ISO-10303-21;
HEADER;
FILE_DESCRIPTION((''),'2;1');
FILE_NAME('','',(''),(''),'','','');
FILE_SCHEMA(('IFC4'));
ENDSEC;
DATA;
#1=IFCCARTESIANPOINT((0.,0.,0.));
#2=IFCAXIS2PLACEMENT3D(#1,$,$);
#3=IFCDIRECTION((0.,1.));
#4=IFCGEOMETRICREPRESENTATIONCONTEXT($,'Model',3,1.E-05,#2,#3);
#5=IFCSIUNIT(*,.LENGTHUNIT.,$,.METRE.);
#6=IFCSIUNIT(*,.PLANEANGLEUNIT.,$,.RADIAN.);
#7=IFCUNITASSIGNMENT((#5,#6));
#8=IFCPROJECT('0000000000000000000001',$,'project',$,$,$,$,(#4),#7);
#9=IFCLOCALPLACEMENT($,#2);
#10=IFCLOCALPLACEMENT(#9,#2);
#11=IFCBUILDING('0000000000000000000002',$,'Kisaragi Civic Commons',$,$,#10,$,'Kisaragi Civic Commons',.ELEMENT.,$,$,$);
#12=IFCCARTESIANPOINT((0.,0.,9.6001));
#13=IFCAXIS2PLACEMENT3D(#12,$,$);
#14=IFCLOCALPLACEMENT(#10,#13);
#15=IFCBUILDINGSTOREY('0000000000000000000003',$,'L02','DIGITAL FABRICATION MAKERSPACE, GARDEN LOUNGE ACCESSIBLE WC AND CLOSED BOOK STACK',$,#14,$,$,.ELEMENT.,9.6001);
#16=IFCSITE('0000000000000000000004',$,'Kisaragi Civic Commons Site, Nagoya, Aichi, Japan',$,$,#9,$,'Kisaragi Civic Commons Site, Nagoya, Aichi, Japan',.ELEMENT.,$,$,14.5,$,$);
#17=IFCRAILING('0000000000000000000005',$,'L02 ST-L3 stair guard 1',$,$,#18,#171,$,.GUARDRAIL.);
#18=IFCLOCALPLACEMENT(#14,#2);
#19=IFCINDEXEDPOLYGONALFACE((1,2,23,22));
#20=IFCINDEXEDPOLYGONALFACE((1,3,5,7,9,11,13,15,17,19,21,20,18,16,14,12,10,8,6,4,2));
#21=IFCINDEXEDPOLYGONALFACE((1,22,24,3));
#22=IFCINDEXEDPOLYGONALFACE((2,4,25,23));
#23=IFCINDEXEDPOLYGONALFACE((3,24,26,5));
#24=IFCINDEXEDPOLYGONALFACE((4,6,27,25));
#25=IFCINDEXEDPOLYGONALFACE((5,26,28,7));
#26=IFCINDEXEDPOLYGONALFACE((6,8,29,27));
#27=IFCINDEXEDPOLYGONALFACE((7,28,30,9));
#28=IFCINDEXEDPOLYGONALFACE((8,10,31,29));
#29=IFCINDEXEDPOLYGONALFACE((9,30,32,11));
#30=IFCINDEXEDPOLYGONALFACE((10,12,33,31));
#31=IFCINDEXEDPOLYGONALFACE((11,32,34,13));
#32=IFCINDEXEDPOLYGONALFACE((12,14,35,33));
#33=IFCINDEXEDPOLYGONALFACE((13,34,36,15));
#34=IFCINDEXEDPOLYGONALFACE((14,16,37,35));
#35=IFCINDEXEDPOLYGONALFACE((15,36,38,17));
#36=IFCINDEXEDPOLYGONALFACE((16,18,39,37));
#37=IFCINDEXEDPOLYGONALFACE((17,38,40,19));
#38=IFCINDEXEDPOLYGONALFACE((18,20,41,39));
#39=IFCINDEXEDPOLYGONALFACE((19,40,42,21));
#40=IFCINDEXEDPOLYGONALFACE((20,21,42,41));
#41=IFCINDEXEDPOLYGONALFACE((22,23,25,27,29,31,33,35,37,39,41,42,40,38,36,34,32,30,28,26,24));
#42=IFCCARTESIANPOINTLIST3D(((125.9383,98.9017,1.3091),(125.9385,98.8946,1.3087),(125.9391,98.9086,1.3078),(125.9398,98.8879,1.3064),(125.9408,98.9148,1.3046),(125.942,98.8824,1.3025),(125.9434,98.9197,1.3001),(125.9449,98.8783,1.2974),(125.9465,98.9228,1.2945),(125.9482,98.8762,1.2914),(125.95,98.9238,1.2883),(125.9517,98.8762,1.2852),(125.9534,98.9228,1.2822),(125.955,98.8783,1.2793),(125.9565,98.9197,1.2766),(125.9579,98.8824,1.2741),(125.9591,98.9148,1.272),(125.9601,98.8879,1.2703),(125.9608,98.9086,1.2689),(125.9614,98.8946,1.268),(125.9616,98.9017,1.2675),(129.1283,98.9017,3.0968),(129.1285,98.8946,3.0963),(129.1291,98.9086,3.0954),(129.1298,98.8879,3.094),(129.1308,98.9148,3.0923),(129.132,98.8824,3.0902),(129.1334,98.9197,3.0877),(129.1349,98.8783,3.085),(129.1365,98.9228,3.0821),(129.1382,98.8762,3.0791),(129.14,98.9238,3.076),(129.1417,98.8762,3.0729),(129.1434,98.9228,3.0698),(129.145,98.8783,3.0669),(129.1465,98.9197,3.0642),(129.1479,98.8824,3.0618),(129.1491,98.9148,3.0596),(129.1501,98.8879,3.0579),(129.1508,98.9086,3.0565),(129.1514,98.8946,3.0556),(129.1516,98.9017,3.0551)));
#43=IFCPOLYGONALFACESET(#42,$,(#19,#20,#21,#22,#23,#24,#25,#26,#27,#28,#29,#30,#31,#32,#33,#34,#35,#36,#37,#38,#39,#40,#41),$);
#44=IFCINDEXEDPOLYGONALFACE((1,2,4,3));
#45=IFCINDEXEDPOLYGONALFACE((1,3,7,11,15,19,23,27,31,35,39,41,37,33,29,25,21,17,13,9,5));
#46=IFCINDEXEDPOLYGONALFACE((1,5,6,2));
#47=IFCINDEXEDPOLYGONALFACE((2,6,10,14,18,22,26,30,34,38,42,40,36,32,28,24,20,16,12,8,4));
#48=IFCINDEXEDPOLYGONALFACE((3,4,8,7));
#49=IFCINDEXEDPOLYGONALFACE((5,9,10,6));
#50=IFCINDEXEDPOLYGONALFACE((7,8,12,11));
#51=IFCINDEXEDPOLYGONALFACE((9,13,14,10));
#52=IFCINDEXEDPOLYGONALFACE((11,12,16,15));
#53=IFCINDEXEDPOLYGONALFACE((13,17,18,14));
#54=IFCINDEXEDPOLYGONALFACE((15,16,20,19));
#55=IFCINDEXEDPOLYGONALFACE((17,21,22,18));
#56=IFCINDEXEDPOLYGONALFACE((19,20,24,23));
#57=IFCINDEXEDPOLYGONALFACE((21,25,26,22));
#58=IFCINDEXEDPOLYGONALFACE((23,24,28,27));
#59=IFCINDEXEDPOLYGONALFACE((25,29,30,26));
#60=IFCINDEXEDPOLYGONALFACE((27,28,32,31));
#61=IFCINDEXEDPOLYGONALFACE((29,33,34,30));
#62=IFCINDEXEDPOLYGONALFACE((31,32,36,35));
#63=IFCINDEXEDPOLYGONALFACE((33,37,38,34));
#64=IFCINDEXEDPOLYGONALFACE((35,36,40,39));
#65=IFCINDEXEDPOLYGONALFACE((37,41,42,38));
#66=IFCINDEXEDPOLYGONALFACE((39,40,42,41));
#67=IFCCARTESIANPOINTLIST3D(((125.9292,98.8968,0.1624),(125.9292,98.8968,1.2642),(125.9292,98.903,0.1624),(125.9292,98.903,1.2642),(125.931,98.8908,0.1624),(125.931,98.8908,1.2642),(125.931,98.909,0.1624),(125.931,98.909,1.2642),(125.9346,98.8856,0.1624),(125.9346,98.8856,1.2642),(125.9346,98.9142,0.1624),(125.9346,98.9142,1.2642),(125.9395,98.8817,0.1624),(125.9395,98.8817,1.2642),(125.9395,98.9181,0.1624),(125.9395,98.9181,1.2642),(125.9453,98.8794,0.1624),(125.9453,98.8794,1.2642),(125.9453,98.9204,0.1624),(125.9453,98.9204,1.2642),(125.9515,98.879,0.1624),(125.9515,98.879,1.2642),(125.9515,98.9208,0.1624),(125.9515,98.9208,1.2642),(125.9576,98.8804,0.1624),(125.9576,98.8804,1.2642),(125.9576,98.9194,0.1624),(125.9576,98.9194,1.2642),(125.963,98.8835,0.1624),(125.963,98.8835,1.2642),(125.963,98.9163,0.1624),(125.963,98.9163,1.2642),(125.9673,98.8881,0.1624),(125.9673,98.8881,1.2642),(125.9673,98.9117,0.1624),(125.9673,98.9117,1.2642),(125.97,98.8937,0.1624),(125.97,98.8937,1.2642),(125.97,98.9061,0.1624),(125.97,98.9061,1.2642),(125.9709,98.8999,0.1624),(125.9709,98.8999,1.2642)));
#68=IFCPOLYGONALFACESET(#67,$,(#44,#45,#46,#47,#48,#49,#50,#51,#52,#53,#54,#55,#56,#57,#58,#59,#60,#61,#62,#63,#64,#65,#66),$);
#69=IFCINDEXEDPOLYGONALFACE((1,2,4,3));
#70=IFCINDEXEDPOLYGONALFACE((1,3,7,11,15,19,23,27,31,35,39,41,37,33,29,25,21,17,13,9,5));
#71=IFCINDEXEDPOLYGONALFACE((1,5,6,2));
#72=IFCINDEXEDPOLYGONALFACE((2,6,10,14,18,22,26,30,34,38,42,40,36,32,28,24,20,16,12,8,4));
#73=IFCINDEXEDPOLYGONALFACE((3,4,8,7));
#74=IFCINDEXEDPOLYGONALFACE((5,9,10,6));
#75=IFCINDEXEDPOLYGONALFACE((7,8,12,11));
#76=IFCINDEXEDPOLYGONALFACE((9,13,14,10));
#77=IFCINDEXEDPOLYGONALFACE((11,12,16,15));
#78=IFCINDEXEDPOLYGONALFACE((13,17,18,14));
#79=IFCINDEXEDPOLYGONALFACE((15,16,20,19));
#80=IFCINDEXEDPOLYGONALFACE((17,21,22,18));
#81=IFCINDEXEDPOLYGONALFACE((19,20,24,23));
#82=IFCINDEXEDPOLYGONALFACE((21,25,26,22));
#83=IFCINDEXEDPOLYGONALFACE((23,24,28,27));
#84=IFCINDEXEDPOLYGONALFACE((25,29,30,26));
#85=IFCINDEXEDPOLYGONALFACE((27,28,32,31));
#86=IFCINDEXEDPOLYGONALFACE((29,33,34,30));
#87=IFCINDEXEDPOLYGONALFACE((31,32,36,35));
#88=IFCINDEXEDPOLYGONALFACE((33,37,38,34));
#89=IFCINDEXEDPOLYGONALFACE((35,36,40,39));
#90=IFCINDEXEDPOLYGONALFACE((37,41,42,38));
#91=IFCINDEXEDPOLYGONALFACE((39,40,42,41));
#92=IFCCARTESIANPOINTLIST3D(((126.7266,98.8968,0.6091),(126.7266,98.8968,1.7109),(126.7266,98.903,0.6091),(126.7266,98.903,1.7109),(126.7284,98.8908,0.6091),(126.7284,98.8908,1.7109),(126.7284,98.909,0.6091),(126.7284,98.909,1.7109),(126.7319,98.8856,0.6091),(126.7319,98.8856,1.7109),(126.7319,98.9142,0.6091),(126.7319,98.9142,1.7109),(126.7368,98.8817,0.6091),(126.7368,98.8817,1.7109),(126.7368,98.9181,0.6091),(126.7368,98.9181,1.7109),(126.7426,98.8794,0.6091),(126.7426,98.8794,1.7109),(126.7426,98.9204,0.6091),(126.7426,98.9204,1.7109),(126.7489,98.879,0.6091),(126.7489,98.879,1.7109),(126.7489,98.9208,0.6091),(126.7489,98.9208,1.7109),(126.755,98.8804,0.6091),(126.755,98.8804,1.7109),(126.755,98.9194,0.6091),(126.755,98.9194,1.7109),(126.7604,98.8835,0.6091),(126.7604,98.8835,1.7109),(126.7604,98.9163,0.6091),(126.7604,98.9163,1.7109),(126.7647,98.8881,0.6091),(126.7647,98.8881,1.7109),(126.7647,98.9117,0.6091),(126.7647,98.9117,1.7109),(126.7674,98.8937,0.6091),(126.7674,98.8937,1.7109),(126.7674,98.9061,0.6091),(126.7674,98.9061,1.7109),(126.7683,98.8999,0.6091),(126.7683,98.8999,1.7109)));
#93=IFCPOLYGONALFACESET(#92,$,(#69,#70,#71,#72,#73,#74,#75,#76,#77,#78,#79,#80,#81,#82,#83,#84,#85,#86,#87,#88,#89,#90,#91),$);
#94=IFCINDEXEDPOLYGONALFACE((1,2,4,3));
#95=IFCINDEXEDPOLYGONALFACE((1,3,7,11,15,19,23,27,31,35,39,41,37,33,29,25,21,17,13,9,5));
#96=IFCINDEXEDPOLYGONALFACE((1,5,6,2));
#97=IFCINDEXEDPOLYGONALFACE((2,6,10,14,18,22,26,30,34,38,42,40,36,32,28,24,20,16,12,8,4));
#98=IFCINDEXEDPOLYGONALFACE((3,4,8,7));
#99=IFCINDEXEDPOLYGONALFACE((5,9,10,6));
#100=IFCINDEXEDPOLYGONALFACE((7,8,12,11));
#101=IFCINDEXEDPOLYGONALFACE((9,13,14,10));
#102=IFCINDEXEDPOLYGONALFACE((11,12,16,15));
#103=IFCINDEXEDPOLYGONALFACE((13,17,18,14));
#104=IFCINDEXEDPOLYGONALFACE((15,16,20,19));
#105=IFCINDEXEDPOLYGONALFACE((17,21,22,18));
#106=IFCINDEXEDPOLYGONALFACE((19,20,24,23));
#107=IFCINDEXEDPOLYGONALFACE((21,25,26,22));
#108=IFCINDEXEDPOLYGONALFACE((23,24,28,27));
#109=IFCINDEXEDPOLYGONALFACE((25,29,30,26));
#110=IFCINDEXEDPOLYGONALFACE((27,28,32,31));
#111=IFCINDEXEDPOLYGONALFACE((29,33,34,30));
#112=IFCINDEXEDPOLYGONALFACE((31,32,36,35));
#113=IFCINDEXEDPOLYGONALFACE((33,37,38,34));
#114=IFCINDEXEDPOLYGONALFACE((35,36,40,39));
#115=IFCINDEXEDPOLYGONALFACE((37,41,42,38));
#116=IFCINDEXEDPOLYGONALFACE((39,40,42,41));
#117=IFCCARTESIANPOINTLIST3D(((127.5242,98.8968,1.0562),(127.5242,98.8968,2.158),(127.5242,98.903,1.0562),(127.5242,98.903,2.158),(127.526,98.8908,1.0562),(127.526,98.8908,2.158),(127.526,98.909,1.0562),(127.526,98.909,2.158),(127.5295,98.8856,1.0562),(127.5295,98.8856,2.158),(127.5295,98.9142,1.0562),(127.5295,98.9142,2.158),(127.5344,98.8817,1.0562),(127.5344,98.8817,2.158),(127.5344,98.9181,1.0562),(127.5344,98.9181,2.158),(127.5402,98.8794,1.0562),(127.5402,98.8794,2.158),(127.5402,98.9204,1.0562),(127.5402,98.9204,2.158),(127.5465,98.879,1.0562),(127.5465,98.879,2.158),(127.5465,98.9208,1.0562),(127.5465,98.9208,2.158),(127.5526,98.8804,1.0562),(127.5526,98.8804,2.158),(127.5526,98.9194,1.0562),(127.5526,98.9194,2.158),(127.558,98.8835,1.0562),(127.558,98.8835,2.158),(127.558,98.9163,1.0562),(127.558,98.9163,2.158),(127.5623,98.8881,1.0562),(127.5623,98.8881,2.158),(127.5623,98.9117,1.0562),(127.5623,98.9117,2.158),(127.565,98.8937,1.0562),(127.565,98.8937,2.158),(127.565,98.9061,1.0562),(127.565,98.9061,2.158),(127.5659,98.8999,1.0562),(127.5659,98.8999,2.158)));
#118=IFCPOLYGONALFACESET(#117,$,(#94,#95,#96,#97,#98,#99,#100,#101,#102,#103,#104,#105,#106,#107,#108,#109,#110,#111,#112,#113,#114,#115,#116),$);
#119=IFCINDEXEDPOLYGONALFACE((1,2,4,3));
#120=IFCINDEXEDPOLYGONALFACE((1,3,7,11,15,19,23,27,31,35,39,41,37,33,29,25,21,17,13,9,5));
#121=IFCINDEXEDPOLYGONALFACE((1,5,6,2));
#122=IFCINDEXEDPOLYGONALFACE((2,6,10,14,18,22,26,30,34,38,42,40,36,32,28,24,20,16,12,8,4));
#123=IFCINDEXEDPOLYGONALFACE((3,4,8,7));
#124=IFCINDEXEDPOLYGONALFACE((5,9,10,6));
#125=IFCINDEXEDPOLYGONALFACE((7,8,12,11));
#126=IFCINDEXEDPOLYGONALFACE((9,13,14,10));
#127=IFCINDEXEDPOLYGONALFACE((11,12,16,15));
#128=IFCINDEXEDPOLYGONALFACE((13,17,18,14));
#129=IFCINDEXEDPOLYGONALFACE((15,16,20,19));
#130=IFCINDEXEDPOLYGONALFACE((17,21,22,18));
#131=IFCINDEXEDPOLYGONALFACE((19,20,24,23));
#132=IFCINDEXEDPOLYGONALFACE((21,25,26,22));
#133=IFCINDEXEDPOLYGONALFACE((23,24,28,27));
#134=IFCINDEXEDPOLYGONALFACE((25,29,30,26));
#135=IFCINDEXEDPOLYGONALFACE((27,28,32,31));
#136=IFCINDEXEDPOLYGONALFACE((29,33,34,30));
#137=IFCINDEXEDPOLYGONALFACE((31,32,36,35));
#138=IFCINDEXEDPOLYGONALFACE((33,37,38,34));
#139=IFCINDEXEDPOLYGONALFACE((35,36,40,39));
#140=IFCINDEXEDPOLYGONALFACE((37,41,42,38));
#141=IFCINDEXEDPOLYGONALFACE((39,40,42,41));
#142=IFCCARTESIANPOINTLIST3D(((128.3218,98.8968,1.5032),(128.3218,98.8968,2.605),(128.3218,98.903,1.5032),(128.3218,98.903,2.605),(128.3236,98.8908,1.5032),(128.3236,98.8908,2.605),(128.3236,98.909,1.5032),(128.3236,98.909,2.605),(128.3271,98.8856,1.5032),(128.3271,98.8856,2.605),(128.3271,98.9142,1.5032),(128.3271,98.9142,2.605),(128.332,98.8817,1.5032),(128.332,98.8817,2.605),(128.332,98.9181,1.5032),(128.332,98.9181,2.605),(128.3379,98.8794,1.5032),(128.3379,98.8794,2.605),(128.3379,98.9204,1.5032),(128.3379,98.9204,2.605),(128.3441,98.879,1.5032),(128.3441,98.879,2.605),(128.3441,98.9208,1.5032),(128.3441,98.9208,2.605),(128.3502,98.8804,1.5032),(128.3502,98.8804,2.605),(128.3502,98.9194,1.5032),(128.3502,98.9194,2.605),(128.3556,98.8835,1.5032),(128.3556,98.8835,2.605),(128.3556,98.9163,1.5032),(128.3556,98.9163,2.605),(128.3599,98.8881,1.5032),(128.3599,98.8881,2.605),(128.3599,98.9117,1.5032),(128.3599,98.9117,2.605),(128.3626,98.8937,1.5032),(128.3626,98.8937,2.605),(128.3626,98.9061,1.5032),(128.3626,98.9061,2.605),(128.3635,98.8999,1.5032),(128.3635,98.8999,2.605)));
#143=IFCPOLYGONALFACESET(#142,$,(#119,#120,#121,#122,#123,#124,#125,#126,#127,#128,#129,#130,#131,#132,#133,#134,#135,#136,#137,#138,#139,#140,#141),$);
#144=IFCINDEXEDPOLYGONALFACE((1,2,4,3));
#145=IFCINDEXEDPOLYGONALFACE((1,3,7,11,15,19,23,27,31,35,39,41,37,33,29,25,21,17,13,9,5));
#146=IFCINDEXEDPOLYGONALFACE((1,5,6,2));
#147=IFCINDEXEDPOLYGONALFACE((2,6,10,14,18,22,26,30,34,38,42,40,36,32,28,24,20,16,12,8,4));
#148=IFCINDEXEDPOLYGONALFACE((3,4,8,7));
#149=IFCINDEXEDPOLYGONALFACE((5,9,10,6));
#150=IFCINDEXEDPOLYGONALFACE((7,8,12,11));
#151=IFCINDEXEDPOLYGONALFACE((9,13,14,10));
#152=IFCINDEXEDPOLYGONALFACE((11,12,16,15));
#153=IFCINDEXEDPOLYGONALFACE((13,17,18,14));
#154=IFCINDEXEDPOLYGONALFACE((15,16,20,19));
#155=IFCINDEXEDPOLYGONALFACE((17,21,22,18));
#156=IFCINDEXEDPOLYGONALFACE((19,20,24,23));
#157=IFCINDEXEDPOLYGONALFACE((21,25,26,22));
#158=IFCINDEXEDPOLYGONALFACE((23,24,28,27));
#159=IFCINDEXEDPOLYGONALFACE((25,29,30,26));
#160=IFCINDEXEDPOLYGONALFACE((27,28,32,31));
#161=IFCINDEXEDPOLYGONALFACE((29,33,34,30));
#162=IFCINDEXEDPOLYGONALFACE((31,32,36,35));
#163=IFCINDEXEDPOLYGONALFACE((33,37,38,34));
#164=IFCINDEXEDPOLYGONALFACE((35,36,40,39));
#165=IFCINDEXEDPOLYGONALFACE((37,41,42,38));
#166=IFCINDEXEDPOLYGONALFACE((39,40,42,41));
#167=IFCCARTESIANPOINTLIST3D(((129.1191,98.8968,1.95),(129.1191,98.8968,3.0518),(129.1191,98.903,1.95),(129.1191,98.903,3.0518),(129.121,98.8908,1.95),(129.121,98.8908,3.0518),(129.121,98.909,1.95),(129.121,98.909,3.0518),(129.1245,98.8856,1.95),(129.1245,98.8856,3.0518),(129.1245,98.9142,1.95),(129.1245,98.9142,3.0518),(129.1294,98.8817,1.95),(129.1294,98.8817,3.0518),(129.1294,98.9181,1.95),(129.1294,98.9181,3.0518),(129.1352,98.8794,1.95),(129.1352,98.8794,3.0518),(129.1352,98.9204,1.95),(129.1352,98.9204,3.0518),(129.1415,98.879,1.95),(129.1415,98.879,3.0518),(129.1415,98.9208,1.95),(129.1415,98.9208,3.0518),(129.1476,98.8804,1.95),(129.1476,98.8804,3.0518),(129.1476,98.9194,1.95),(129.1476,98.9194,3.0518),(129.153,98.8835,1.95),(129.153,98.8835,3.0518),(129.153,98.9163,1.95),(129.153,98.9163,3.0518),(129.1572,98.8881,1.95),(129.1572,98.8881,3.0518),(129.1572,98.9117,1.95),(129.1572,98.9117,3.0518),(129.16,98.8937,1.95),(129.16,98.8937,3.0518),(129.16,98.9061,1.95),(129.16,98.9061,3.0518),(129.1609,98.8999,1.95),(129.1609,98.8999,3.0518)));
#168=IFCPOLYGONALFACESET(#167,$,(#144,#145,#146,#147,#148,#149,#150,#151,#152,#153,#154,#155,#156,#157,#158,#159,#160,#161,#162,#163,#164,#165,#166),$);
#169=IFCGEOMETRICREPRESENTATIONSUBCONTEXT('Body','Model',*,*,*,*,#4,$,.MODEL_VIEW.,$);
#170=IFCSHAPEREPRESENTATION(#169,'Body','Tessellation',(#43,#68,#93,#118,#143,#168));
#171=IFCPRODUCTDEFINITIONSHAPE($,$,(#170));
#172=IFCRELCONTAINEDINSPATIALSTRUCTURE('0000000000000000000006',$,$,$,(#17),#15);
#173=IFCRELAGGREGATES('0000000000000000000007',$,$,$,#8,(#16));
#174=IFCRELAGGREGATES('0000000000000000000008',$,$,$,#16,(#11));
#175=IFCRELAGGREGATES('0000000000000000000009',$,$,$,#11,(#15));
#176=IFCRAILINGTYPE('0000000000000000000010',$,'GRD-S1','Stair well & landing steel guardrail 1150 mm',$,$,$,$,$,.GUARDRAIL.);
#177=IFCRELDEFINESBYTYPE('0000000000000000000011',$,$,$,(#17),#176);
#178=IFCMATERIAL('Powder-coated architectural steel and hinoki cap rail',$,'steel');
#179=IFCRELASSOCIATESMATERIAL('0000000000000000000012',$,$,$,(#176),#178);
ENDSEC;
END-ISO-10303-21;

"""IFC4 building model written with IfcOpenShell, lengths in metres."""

from ifc_helpers import new_model, si_unit, direction, frame, origin, origin_2d, place, context, subcontext, project, spatial, circle, extrude, material, type_object, element, save


model = new_model("IFC4")

# Units and contexts
model_context = context("Model", 3, precision=1e-05, world=origin(), true_north=direction((0.0, 1.0)))
body_context = subcontext(model_context, "Body", "Model", "MODEL_VIEW")
ifc_project = project(units=[si_unit("LENGTHUNIT", "METRE"), si_unit("PLANEANGLEUNIT", "RADIAN")], contexts=[model_context])

# Site, building, storey
site_placement = place(None, origin())
site = spatial("IfcSite", under=ifc_project, at=site_placement, Name="Kisaragi Civic Commons Site, Nagoya, Aichi, Japan", LongName="Kisaragi Civic Commons Site, Nagoya, Aichi, Japan", CompositionType="ELEMENT", RefElevation=14.5)
building_placement = place(site_placement, origin())
building = spatial("IfcBuilding", under=site, at=building_placement, Name="Kisaragi Civic Commons", LongName="Kisaragi Civic Commons", CompositionType="ELEMENT")
storey_placement = place(building_placement, frame((0.0, 0.0, 9.6001)))
storey = spatial("IfcBuildingStorey", under=building, at=storey_placement, Name="L02", Description="DIGITAL FABRICATION MAKERSPACE, GARDEN LOUNGE ACCESSIBLE WC AND CLOSED BOOK STACK", CompositionType="ELEMENT", Elevation=9.6001)

# Railing
ifc_material_1 = material(Name="Powder-coated architectural steel and hinoki cap rail", Category="steel")
railing_type_1 = type_object("IfcRailingType", Name="GRD-S1", Description="Stair well & landing steel guardrail 1150 mm", PredefinedType="GUARDRAIL", material=ifc_material_1)
railing_1_placement = place(storey_placement, frame((125.95, 98.8999, 0.1624)))
element("IfcRailing", 1, at=railing_1_placement, inside=storey, type_object=railing_type_1, Name="L02 ST-L3 stair guard 1", PredefinedType="GUARDRAIL", context=body_context, shape_type="SweptSolid", body=[
    extrude(circle(Radius=0.0239, at=origin_2d()), frame((0.0, 0.0, 1.126), z_axis=(0.872363, 0.0, 0.48886), x_axis=(0.0, 1.0, 0.0)), (0.0, 0.0, 1.0), 3.6567),
    extrude(circle(Radius=0.021, at=origin_2d()), origin(), (0.0, 0.0, 1.0), 1.1018),
    extrude(circle(Radius=0.021, at=origin_2d()), frame((0.7974, 0.0, 0.4468)), (0.0, 0.0, 1.0), 1.1018),
    extrude(circle(Radius=0.021, at=origin_2d()), frame((1.595, 0.0, 0.8938)), (0.0, 0.0, 1.0), 1.1018),
    extrude(circle(Radius=0.021, at=origin_2d()), frame((2.3926, 0.0, 1.3408)), (0.0, 0.0, 1.0), 1.1018),
    extrude(circle(Radius=0.021, at=origin_2d()), frame((3.1899, 0.0, 1.7876)), (0.0, 0.0, 1.0), 1.1018),
])

save(model, "model.ifc")
